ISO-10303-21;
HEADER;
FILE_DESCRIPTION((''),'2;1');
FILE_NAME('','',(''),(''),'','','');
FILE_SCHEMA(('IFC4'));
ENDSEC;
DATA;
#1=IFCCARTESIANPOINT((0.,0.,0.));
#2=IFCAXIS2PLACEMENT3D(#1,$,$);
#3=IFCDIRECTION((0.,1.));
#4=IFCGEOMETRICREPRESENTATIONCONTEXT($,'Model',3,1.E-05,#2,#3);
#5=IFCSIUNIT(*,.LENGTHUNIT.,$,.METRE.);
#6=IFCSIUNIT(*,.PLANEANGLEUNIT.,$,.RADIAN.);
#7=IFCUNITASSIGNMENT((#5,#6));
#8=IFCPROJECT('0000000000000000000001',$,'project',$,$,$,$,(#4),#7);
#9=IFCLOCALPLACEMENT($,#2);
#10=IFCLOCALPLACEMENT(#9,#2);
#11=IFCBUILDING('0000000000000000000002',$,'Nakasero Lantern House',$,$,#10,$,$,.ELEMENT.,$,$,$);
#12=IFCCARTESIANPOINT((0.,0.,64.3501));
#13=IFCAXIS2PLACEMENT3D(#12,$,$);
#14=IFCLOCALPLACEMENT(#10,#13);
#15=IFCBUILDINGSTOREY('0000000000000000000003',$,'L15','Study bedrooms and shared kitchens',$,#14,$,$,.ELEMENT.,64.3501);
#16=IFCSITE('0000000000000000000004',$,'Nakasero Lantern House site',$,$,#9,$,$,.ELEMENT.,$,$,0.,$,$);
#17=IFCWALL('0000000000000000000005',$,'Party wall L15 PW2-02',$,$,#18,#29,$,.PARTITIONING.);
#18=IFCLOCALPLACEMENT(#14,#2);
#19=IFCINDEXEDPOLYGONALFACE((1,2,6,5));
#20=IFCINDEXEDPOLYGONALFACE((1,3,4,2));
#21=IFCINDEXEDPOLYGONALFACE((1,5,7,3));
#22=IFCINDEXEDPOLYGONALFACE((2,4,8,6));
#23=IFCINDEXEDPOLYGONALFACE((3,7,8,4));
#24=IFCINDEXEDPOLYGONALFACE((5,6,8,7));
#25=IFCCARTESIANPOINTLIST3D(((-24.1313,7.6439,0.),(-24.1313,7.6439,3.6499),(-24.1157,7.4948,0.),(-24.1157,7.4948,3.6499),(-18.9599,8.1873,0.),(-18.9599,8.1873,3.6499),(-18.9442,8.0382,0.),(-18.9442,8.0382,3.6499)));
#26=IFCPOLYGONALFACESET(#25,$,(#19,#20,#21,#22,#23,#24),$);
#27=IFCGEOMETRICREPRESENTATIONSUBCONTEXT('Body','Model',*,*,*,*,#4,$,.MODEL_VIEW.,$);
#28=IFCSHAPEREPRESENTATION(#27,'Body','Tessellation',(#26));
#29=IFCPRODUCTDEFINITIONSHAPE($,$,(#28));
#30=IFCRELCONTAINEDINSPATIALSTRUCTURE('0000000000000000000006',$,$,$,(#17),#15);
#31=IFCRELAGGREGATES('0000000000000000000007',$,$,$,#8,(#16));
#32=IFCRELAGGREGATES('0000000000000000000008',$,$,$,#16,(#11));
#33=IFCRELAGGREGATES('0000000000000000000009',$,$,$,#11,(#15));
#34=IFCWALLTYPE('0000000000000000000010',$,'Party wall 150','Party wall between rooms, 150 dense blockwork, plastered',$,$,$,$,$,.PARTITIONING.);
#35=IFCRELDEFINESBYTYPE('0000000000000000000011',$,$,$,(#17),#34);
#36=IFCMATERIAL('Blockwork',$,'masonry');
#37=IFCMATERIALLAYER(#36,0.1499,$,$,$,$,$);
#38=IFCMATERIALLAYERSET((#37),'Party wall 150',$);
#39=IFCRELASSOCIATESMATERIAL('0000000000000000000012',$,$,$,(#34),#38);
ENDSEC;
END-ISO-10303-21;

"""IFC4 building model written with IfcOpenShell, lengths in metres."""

from ifc_helpers import new_model, si_unit, direction, frame, frame_2d, origin, place, context, subcontext, project, spatial, rectangle, extrude, material, layer, layer_set, type_object, element, save


model = new_model("IFC4")

# Units and contexts
model_context = context("Model", 3, precision=1e-05, world=origin(), true_north=direction((0.0, 1.0)))
body_context = subcontext(model_context, "Body", "Model", "MODEL_VIEW")
ifc_project = project(units=[si_unit("LENGTHUNIT", "METRE"), si_unit("PLANEANGLEUNIT", "RADIAN")], contexts=[model_context])

# Site, building, storey
site_placement = place(None, origin())
site = spatial("IfcSite", under=ifc_project, at=site_placement, Name="Nakasero Lantern House site", CompositionType="ELEMENT", RefElevation=0.0)
building_placement = place(site_placement, origin())
building = spatial("IfcBuilding", under=site, at=building_placement, Name="Nakasero Lantern House", CompositionType="ELEMENT")
storey_placement = place(building_placement, frame((0.0, 0.0, 64.3501)))
storey = spatial("IfcBuildingStorey", under=building, at=storey_placement, Name="L15", Description="Study bedrooms and shared kitchens", CompositionType="ELEMENT", Elevation=64.3501)

# Wall
ifc_material_1 = material(Name="Blockwork", Category="masonry")
ifc_layer_1 = layer(ifc_material_1, 0.1499)
ifc_layer_set_1 = layer_set([ifc_layer_1], Name="Party wall 150")
wall_type_1 = type_object("IfcWallType", Name="Party wall 150", Description="Party wall between rooms, 150 dense blockwork, plastered", PredefinedType="PARTITIONING", material=ifc_layer_set_1)
wall_1_placement = place(storey_placement, frame((-18.9519, 8.1128, 0.0), z_axis=(0.0, 0.0, 1.0), x_axis=(-0.994523, -0.104514, 0.0)))
element("IfcWall", 1, at=wall_1_placement, inside=storey, type_object=wall_type_1, Name="Party wall L15 PW2-02", PredefinedType="PARTITIONING", context=body_context, shape_type="SweptSolid", body=[
    extrude(rectangle(XDim=5.2, YDim=0.1499, at=frame_2d((2.6001, 0.0))), origin(), (0.0, 0.0, 1.0), 3.6499),
])

save(model, "model.ifc")
